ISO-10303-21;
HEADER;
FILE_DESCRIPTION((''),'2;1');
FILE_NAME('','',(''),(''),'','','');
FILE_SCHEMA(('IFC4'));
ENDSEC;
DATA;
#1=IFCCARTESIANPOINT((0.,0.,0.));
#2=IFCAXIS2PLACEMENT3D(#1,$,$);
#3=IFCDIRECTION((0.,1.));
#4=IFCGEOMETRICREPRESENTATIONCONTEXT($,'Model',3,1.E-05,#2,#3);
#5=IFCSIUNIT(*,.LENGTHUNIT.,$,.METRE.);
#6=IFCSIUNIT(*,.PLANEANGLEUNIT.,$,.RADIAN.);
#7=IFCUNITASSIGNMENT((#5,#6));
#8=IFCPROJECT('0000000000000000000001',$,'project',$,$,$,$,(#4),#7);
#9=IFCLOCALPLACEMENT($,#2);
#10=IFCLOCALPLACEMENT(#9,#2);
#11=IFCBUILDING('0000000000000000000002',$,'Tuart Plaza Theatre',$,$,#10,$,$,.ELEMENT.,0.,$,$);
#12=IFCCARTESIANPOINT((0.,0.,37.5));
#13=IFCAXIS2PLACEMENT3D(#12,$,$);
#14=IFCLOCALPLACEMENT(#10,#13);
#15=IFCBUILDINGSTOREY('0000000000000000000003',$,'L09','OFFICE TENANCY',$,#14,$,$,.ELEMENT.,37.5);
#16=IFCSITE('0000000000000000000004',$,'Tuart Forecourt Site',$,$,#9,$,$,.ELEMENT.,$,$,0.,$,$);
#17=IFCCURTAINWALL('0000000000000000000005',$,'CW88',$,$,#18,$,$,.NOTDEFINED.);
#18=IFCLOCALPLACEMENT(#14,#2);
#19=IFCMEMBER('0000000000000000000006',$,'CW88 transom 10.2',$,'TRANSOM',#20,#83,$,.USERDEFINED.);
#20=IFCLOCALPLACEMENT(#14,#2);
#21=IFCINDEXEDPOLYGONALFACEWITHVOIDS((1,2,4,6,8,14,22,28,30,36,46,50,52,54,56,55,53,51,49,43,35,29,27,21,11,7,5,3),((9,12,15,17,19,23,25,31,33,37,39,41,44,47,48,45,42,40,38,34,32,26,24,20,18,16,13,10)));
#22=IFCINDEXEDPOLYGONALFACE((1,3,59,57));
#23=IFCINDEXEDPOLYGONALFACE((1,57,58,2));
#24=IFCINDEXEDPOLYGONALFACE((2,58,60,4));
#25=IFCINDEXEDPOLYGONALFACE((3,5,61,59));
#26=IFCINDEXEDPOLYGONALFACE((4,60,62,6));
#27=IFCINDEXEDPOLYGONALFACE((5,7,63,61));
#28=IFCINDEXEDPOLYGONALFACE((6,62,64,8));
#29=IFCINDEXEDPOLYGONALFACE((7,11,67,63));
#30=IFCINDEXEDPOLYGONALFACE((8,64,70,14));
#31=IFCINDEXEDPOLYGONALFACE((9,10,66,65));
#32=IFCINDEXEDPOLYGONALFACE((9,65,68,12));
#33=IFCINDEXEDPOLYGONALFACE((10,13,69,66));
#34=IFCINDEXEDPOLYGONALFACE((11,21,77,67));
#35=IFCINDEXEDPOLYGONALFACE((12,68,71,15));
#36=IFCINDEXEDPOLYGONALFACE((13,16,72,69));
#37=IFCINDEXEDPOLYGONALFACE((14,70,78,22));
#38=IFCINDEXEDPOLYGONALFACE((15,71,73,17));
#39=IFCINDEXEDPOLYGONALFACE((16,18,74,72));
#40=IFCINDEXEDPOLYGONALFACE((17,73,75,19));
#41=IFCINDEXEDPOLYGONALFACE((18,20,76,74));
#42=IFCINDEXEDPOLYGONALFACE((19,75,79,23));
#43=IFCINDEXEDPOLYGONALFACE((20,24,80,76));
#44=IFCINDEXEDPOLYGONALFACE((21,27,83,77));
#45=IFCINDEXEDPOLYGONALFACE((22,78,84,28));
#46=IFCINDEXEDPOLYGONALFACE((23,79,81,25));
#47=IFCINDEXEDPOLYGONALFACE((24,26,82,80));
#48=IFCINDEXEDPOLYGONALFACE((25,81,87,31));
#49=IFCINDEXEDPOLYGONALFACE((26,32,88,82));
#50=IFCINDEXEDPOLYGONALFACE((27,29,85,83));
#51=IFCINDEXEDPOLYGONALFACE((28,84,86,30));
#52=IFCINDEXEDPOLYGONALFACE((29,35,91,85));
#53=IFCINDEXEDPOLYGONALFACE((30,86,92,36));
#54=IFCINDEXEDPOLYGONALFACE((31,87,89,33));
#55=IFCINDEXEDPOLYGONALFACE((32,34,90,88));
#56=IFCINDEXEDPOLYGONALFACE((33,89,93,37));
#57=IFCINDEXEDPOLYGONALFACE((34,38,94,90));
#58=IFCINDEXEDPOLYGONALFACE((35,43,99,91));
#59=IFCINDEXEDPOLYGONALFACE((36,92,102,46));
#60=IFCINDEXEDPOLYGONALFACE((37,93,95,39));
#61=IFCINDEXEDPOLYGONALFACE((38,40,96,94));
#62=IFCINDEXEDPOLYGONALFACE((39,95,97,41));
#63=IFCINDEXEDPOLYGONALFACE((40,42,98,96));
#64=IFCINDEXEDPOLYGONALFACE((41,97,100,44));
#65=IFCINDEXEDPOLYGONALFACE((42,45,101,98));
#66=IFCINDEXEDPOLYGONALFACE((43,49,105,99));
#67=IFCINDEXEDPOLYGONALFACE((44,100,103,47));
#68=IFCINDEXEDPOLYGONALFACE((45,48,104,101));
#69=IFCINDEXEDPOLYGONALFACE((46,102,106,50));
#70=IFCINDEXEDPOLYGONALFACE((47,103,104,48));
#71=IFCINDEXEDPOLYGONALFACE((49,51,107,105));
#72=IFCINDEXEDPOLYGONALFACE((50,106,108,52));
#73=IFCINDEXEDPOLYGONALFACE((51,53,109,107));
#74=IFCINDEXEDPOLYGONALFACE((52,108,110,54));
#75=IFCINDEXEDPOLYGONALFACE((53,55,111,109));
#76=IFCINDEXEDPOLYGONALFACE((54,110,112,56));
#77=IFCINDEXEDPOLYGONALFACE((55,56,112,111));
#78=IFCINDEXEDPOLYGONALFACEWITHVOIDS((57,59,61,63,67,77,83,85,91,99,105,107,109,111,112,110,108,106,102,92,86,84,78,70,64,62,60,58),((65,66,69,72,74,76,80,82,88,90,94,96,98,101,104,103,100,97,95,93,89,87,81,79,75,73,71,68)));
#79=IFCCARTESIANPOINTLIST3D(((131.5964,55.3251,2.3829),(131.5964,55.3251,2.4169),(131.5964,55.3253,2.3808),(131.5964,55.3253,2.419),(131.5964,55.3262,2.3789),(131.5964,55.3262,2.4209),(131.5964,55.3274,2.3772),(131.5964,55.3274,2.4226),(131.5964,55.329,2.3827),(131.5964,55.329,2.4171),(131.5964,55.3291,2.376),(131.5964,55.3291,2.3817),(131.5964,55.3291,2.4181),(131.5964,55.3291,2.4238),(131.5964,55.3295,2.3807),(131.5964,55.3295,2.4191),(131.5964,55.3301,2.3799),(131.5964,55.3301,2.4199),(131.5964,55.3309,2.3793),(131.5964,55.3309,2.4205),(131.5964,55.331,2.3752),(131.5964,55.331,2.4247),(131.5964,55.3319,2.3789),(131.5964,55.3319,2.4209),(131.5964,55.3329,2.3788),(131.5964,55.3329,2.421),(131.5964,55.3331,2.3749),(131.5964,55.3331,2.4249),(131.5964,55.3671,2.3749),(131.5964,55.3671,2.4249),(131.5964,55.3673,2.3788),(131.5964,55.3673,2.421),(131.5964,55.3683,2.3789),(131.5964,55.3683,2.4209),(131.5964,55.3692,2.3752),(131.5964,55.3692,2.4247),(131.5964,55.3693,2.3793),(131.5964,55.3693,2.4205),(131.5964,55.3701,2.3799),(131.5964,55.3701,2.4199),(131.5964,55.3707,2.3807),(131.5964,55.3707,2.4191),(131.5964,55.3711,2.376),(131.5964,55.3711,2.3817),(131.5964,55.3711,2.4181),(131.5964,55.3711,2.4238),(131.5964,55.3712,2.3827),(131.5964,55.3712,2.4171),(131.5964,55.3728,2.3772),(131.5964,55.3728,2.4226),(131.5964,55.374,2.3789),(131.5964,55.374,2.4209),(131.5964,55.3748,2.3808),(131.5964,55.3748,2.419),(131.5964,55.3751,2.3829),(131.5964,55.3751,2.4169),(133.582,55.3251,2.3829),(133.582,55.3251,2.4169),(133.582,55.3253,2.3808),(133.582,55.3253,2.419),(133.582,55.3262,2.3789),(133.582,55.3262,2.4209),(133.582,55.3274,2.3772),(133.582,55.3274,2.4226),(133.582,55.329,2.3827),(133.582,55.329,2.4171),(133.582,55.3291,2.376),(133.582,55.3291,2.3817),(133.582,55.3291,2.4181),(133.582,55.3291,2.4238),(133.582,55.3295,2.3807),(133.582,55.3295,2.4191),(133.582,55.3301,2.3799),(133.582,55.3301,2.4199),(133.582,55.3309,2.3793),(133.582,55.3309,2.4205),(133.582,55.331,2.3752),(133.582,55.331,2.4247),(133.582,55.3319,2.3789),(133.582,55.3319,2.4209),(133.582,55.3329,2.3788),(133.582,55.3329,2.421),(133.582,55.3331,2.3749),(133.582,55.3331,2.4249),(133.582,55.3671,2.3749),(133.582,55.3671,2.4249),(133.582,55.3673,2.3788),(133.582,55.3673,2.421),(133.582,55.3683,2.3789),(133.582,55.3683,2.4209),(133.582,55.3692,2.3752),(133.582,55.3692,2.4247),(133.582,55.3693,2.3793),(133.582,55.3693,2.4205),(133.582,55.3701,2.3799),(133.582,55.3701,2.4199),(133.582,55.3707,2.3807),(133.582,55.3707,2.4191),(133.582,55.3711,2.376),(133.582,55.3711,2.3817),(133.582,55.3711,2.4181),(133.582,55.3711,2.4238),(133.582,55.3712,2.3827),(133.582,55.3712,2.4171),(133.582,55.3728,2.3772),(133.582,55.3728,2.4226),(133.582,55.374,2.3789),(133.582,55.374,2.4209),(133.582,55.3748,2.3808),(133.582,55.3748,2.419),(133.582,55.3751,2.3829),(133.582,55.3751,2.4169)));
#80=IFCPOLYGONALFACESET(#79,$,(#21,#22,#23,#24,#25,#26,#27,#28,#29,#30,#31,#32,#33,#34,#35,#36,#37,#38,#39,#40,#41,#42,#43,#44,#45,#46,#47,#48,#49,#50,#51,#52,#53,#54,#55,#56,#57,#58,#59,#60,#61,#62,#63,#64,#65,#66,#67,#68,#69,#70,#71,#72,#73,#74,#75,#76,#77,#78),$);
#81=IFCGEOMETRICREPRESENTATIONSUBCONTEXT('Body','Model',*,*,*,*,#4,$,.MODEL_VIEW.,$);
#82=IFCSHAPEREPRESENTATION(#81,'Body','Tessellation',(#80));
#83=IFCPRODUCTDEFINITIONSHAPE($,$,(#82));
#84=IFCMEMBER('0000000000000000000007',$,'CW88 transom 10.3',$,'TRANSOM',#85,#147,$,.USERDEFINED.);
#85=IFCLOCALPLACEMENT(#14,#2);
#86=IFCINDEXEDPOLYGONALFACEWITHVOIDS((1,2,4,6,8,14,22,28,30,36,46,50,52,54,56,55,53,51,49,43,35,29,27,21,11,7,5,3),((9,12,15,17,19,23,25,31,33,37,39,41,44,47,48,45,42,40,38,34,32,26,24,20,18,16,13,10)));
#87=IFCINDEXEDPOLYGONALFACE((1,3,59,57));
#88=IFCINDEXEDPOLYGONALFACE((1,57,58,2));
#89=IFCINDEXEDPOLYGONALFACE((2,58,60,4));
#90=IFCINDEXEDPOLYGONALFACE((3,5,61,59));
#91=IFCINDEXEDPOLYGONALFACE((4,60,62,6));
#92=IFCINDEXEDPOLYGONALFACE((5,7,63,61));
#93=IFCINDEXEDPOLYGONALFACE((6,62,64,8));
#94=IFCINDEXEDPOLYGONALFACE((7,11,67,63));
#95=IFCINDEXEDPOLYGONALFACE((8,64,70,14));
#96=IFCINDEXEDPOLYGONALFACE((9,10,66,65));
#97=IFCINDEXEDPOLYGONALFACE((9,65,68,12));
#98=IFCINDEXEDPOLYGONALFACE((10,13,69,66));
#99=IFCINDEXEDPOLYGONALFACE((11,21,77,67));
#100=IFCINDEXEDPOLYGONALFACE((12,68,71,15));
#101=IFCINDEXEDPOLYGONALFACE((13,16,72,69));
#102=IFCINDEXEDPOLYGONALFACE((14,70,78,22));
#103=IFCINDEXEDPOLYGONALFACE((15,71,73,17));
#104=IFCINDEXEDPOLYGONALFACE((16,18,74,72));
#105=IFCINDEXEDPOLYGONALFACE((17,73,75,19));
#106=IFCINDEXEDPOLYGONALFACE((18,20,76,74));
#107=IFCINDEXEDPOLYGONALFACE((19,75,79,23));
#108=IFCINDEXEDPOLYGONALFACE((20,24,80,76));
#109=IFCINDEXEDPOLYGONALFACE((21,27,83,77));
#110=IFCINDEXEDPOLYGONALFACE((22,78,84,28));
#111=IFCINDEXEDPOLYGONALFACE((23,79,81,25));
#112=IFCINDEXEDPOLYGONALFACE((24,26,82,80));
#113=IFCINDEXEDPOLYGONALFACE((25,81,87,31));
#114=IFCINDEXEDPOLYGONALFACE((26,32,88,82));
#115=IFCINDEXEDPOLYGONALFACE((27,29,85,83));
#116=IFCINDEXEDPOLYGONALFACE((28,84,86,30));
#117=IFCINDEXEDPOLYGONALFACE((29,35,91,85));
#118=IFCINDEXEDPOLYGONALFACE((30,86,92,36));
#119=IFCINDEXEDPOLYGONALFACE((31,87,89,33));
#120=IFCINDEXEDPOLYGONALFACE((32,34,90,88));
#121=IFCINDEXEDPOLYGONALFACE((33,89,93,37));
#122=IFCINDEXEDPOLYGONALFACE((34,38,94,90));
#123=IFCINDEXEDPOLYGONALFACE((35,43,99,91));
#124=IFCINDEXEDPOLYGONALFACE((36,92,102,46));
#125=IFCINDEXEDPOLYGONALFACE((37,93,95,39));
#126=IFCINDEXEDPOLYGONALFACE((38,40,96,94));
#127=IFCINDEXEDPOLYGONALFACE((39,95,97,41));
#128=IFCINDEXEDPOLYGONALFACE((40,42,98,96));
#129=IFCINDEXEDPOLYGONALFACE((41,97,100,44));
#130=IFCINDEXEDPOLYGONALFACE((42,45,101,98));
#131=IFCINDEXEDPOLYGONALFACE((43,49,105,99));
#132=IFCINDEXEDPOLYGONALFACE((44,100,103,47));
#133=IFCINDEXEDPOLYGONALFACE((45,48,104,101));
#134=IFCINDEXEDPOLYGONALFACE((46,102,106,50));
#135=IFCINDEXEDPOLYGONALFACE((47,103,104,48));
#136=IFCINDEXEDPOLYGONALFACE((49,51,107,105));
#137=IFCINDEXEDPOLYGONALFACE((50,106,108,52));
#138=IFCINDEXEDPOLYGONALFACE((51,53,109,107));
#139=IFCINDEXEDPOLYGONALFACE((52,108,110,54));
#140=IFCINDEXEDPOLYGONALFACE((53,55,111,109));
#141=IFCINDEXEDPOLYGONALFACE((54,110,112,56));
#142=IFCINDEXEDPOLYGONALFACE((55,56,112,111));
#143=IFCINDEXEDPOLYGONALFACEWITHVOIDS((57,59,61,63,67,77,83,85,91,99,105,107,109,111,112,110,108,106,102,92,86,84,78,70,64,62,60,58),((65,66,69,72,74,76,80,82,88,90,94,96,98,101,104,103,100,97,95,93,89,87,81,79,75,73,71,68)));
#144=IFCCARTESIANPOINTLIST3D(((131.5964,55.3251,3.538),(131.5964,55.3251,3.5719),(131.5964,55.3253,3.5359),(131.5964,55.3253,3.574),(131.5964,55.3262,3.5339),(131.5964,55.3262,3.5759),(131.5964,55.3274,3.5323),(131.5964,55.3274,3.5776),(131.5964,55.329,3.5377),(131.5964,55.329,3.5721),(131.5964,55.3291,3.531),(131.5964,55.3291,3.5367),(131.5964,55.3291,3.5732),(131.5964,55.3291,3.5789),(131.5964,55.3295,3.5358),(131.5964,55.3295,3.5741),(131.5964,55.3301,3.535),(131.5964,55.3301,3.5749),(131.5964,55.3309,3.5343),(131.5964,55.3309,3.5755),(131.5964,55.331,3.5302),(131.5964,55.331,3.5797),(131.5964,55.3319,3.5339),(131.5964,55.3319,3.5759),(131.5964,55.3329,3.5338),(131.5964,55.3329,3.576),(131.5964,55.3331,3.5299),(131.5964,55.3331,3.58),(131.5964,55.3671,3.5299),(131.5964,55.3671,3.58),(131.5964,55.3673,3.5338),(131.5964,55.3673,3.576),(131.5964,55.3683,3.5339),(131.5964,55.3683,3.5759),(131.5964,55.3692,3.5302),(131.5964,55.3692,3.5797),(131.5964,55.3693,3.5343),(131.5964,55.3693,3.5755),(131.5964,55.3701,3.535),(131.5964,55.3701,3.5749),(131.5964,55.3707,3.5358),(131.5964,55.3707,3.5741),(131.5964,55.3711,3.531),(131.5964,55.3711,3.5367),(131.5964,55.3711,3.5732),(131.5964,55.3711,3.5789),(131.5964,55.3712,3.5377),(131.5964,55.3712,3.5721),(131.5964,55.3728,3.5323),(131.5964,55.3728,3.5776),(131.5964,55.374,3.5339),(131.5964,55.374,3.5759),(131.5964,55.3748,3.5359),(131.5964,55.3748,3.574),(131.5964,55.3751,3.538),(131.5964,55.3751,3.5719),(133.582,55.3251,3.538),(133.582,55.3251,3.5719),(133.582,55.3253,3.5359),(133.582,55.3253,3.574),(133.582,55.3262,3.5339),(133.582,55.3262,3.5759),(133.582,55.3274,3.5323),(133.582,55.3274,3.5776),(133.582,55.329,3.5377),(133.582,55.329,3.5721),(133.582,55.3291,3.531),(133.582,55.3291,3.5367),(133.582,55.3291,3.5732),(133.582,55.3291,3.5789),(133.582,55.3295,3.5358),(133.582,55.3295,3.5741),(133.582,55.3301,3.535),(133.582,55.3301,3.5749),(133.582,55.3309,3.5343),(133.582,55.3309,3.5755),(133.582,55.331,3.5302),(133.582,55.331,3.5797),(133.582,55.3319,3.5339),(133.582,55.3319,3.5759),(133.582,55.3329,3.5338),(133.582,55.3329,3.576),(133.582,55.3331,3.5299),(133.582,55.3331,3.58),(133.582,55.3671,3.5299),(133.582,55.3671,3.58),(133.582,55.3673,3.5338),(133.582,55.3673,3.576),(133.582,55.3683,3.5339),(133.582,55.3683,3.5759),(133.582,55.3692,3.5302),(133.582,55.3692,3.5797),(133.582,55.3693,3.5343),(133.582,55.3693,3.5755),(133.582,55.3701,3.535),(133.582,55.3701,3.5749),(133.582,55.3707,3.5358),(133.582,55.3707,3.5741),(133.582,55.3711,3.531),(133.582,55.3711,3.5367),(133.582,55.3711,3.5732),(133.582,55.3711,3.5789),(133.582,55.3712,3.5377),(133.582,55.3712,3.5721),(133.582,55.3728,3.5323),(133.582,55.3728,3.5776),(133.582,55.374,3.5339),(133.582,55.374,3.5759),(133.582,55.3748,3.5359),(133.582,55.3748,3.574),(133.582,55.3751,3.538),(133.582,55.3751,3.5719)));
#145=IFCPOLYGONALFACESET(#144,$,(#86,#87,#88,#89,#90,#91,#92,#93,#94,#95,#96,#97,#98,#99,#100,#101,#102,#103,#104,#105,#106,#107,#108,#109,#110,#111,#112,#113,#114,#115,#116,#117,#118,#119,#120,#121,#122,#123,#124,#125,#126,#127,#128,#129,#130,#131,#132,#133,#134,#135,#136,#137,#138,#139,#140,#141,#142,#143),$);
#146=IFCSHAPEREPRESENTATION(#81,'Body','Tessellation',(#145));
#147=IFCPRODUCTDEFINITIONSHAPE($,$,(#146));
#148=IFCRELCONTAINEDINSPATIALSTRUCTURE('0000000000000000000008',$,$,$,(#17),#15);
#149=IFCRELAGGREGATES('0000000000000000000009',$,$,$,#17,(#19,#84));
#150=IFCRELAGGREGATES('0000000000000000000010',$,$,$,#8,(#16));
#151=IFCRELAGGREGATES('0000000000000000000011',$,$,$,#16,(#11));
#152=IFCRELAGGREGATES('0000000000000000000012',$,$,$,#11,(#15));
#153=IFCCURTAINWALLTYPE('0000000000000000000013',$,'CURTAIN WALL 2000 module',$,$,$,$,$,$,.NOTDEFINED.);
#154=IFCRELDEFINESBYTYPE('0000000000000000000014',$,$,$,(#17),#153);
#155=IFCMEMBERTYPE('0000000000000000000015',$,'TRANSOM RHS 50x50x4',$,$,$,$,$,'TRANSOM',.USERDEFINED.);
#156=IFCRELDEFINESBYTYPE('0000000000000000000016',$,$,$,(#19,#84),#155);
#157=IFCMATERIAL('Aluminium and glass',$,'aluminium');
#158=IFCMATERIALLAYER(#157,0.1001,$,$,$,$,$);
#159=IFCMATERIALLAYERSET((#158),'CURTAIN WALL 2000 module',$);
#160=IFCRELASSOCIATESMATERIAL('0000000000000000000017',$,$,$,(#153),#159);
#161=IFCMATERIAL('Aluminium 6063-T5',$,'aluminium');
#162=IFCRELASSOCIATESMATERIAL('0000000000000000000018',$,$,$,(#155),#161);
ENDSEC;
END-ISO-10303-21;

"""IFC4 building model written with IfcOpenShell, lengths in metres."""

from ifc_helpers import new_model, si_unit, direction, frame, origin, origin_2d, place, context, subcontext, project, spatial, hollow_rectangle, extrude, material, layer, layer_set, material_profile, profile_set, type_object, element, aggregate, save


model = new_model("IFC4")

# Units and contexts
model_context = context("Model", 3, precision=1e-05, world=origin(), true_north=direction((0.0, 1.0)))
body_context = subcontext(model_context, "Body", "Model", "MODEL_VIEW")
ifc_project = project(units=[si_unit("LENGTHUNIT", "METRE"), si_unit("PLANEANGLEUNIT", "RADIAN")], contexts=[model_context])

# Site, building, storey
site_placement = place(None, origin())
site = spatial("IfcSite", under=ifc_project, at=site_placement, Name="Tuart Forecourt Site", CompositionType="ELEMENT", RefElevation=0.0)
building_placement = place(site_placement, origin())
building = spatial("IfcBuilding", under=site, at=building_placement, Name="Tuart Plaza Theatre", CompositionType="ELEMENT", ElevationOfRefHeight=0.0)
storey_placement = place(building_placement, frame((0.0, 0.0, 37.5)))
storey = spatial("IfcBuildingStorey", under=building, at=storey_placement, Name="L09", Description="OFFICE TENANCY", CompositionType="ELEMENT", Elevation=37.5)

# Curtain wall, members
ifc_material_1 = material(Name="Aluminium and glass", Category="aluminium")
ifc_layer_1 = layer(ifc_material_1, 0.1001)
ifc_layer_set_1 = layer_set([ifc_layer_1], Name="CURTAIN WALL 2000 module")
curtain_wall_type = type_object("IfcCurtainWallType", Name="CURTAIN WALL 2000 module", PredefinedType="NOTDEFINED", material=ifc_layer_set_1)
curtain_wall_placement = place(storey_placement, origin())
curtain_wall = element("IfcCurtainWall", 1, at=curtain_wall_placement, inside=storey, type_object=curtain_wall_type, Name="CW88", PredefinedType="NOTDEFINED")
ifc_material_2 = material(Name="Aluminium 6063-T5", Category="aluminium")
ifc_material_profile_1 = material_profile(ifc_material_2, hollow_rectangle(XDim=0.05, YDim=0.05, WallThickness=0.0039, InnerFilletRadius=0.0039, OuterFilletRadius=0.0081, at=origin_2d()), Name="RHS 50x50x4")
ifc_profile_set_1 = profile_set([ifc_material_profile_1], Name="Aluminium 6063-T5")
member_type_1 = type_object("IfcMemberType", Name="TRANSOM RHS 50x50x4", ElementType="TRANSOM", PredefinedType="USERDEFINED", material=ifc_profile_set_1)
member_1_placement = place(storey_placement, frame((131.5964, 55.3501, 2.3999), z_axis=(1.0, 0.0, 0.0), x_axis=(0.0, 1.0, 0.0)))
member_1 = element("IfcMember", 2, at=member_1_placement, type_object=member_type_1, Name="CW88 transom 10.2", ObjectType="TRANSOM", PredefinedType="USERDEFINED", context=body_context, shape_type="SweptSolid", body=[
    extrude(hollow_rectangle(XDim=0.05, YDim=0.05, WallThickness=0.0039, InnerFilletRadius=0.0039, OuterFilletRadius=0.0081, at=origin_2d()), origin(), (0.0, 0.0, 1.0), 1.9856),
])
member_2_placement = place(storey_placement, frame((131.5964, 55.3501, 3.5549), z_axis=(1.0, 0.0, 0.0), x_axis=(0.0, 1.0, 0.0)))
member_2 = element("IfcMember", 3, at=member_2_placement, type_object=member_type_1, Name="CW88 transom 10.3", ObjectType="TRANSOM", PredefinedType="USERDEFINED", context=body_context, shape_type="SweptSolid", body=[
    extrude(hollow_rectangle(XDim=0.05, YDim=0.05, WallThickness=0.0039, InnerFilletRadius=0.0039, OuterFilletRadius=0.0081, at=origin_2d()), origin(), (0.0, 0.0, 1.0), 1.9856),
])
aggregate(curtain_wall, [member_1, member_2])

save(model, "model.ifc")
